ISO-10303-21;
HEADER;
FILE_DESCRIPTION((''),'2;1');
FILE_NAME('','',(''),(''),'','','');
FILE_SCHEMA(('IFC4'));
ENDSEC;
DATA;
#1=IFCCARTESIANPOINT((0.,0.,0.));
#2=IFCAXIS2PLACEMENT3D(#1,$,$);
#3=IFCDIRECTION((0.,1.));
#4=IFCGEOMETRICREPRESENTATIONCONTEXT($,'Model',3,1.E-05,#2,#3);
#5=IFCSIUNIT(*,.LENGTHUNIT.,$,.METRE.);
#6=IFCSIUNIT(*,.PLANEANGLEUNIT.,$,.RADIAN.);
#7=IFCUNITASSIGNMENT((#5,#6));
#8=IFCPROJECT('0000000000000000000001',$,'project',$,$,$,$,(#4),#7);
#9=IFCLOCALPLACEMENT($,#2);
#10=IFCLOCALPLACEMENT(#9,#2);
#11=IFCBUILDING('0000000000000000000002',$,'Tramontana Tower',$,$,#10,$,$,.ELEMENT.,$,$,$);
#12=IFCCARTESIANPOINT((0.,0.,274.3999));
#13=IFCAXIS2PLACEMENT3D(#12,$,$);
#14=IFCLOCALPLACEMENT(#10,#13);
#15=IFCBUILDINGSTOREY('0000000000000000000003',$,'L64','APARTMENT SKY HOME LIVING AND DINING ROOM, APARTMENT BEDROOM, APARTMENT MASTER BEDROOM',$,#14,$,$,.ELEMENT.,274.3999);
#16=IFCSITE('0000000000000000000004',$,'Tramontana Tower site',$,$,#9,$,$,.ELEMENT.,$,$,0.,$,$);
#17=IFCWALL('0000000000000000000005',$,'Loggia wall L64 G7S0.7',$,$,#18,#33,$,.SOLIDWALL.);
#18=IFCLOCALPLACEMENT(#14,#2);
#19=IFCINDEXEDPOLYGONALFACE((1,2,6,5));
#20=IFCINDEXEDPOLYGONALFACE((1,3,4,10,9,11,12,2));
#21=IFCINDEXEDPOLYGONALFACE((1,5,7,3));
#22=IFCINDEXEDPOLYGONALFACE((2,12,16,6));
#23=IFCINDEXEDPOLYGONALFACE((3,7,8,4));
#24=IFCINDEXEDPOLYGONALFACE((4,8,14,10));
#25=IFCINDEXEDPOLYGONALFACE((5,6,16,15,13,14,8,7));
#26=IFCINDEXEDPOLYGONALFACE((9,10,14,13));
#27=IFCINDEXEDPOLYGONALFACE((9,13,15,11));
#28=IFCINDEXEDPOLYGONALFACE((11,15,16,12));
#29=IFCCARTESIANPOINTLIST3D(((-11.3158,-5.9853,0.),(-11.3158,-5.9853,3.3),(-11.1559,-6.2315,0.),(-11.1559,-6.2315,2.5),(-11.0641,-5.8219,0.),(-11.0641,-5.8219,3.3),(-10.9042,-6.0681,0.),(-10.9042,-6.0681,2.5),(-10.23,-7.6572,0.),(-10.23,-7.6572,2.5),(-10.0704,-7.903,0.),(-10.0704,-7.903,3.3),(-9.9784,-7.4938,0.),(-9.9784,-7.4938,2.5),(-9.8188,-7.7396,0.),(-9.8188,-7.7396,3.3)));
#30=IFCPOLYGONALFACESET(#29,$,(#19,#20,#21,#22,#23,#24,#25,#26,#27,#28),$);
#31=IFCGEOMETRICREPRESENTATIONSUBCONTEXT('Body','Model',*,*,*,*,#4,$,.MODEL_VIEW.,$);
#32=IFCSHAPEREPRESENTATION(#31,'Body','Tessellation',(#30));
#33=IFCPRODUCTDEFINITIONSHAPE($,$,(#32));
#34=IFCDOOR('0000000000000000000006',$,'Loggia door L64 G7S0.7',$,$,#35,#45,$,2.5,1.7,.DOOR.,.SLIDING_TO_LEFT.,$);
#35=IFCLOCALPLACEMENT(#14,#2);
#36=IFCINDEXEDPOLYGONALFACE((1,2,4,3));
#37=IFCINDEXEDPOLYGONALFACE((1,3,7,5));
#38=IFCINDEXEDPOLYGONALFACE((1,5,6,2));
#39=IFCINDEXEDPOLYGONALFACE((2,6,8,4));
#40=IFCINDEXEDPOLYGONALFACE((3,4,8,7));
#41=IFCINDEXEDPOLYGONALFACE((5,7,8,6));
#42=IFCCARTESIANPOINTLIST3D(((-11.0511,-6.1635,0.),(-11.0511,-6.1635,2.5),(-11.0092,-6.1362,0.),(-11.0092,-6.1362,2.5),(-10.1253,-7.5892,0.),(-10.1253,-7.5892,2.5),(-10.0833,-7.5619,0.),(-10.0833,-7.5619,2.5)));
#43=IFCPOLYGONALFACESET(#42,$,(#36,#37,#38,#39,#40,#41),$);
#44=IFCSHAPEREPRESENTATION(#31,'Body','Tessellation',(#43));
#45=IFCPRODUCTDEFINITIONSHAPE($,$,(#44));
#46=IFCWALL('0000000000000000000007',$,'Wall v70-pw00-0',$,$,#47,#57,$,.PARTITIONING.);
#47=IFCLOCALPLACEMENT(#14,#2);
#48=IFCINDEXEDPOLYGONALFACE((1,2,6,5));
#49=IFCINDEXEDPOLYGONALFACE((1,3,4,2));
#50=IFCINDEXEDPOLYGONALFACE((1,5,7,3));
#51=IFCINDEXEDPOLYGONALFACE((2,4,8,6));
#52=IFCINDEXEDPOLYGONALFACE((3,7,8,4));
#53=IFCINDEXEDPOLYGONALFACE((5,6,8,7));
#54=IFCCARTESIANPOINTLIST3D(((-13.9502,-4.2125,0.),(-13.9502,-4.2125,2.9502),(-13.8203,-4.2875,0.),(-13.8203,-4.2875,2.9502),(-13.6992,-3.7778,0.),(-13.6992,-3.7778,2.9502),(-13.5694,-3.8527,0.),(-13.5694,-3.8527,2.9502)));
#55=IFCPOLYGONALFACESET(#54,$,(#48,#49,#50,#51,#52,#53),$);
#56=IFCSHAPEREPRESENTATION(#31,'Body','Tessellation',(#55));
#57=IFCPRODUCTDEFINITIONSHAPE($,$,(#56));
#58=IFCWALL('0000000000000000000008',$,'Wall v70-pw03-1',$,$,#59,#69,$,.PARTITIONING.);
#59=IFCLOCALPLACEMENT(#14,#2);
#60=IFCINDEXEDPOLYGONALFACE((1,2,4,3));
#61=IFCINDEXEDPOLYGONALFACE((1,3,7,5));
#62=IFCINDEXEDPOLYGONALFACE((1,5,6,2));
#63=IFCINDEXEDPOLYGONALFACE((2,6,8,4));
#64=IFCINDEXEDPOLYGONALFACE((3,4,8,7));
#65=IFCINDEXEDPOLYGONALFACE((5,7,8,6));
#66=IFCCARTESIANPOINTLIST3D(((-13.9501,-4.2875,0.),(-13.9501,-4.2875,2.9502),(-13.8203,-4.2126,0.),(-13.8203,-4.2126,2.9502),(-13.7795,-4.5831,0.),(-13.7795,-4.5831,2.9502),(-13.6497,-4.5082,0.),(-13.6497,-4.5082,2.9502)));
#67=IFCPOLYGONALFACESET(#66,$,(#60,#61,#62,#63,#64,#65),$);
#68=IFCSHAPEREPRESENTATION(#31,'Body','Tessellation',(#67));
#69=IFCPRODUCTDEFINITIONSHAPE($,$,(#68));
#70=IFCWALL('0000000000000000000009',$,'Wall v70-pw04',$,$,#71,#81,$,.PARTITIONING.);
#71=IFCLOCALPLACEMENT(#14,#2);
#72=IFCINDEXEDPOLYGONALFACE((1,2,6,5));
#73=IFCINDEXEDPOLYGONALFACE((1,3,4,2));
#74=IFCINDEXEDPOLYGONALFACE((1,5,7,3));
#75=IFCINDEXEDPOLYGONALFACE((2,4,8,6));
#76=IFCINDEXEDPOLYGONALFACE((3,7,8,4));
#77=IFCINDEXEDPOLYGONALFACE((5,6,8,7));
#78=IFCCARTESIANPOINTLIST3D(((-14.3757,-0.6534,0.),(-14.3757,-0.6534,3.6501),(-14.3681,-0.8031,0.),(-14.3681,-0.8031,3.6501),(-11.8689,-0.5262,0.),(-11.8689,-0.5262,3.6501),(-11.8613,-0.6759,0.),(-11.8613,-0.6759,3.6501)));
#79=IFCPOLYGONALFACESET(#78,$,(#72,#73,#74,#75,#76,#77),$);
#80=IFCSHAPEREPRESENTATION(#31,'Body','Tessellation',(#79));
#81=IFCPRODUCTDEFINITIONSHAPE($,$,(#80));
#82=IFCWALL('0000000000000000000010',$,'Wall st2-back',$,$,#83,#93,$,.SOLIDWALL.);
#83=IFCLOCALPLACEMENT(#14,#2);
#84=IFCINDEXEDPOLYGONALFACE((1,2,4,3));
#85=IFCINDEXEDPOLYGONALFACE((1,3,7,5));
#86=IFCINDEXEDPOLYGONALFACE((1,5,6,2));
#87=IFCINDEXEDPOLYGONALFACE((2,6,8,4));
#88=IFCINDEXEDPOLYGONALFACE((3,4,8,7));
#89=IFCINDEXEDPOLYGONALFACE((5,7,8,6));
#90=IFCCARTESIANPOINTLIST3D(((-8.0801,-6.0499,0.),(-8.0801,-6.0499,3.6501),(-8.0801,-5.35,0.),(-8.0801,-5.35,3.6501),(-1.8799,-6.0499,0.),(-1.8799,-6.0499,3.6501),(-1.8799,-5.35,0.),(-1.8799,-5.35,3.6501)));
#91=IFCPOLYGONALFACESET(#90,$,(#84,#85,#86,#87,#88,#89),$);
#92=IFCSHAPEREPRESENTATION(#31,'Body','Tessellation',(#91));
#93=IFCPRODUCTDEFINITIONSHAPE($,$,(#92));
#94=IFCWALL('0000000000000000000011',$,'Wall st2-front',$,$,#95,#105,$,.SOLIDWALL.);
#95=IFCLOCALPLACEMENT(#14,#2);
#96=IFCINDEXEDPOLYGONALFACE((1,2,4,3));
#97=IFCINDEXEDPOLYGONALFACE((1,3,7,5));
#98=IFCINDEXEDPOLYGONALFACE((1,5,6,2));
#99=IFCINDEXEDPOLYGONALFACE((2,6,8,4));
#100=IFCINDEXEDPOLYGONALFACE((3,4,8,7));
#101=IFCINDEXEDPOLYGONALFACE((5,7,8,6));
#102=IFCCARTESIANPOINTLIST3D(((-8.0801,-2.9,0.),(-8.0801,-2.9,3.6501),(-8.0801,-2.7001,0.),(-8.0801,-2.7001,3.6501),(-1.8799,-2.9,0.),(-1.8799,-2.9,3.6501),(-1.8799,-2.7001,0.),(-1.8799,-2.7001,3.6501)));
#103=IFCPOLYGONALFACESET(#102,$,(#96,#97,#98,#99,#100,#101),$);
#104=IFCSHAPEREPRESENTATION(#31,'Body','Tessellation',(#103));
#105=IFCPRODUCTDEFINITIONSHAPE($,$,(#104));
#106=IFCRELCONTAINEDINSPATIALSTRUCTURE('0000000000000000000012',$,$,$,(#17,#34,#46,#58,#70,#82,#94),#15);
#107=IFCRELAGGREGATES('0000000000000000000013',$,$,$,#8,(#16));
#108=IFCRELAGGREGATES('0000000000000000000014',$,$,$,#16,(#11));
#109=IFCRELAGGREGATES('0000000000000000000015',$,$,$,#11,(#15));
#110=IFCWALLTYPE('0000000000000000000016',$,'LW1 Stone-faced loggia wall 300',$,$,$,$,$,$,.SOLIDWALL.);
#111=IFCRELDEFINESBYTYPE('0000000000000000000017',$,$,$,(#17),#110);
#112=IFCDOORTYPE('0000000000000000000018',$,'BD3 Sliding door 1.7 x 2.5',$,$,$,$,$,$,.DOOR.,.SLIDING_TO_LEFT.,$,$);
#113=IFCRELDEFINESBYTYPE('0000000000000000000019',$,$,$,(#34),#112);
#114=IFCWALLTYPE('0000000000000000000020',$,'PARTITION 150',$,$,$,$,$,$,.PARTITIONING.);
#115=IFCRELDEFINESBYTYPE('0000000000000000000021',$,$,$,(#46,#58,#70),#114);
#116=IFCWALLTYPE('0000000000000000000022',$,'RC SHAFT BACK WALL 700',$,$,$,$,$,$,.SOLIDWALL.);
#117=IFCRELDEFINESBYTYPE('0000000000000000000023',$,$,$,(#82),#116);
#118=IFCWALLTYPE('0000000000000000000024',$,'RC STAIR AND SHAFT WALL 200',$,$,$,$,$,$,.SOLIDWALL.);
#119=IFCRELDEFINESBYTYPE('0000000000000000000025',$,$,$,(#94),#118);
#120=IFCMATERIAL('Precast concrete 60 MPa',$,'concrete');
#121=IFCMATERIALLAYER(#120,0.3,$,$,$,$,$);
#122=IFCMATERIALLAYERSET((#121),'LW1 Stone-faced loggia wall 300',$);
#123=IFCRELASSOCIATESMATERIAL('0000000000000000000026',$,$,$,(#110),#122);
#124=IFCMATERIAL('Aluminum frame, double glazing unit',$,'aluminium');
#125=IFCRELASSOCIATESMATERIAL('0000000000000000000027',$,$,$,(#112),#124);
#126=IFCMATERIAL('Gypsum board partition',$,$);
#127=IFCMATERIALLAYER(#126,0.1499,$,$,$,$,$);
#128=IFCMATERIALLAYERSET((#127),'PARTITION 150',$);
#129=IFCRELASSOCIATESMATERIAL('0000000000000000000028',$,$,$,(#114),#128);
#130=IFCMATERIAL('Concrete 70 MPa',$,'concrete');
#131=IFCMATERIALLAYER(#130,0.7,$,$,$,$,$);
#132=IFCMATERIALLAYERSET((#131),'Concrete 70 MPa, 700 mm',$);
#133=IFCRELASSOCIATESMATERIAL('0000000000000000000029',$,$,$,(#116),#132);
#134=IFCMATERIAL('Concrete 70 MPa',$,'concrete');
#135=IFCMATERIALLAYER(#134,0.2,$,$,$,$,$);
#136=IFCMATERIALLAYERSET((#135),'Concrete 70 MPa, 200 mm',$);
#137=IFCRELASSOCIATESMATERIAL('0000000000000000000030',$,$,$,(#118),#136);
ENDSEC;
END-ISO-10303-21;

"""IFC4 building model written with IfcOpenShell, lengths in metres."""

from ifc_helpers import new_model, si_unit, direction, frame, frame_2d, origin, place, context, subcontext, project, spatial, rectangle, extrude, material, layer, layer_set, type_object, element, fill, save


model = new_model("IFC4")

# Units and contexts
model_context = context("Model", 3, precision=1e-05, world=origin(), true_north=direction((0.0, 1.0)))
body_context = subcontext(model_context, "Body", "Model", "MODEL_VIEW")
ifc_project = project(units=[si_unit("LENGTHUNIT", "METRE"), si_unit("PLANEANGLEUNIT", "RADIAN")], contexts=[model_context])

# Site, building, storey
site_placement = place(None, origin())
site = spatial("IfcSite", under=ifc_project, at=site_placement, Name="Tramontana Tower site", CompositionType="ELEMENT", RefElevation=0.0)
building_placement = place(site_placement, origin())
building = spatial("IfcBuilding", under=site, at=building_placement, Name="Tramontana Tower", CompositionType="ELEMENT")
storey_placement = place(building_placement, frame((0.0, 0.0, 274.3999)))
storey = spatial("IfcBuildingStorey", under=building, at=storey_placement, Name="L64", Description="APARTMENT SKY HOME LIVING AND DINING ROOM, APARTMENT BEDROOM, APARTMENT MASTER BEDROOM", CompositionType="ELEMENT", Elevation=274.3999)

# Shared definitions
ifc_material_1 = material(Name="Precast concrete 60 MPa", Category="concrete")
ifc_layer_1 = layer(ifc_material_1, 0.3)
ifc_layer_set_1 = layer_set([ifc_layer_1], Name="LW1 Stone-faced loggia wall 300")
wall_type_1 = type_object("IfcWallType", Name="LW1 Stone-faced loggia wall 300", PredefinedType="SOLIDWALL", material=ifc_layer_set_1)

# Wall, opening, door
wall_1_placement = place(storey_placement, frame((-11.1899, -5.9036, 0.0), z_axis=(0.0, 0.0, 1.0), x_axis=(0.544632, -0.838675, 0.0)))
wall_1 = element("IfcWall", 1, at=wall_1_placement, inside=storey, type_object=wall_type_1, Name="Loggia wall L64 G7S0.7", PredefinedType="SOLIDWALL", context=body_context, shape_type="SweptSolid", body=[
    extrude(rectangle(XDim=2.2866, YDim=0.3, at=frame_2d((1.1433, 0.0))), origin(), (0.0, 0.0, 1.0), 3.3),
])
opening_1_placement = place(wall_1_placement, frame((0.2935, 0.0, 0.0)))
opening_1 = element("IfcOpeningElement", 2, at=opening_1_placement, cuts=wall_1, PredefinedType="OPENING", context=body_context, shape_type="SweptSolid", body=[
    extrude(rectangle(XDim=1.7, YDim=2.5, at=frame_2d((0.8501, 1.25))), frame((0.0, 0.1599, 0.0), z_axis=(0.0, -1.0, 0.0), x_axis=(1.0, 0.0, 0.0)), (0.0, 0.0, 1.0), 0.3201),
])
ifc_material_2 = material(Name="Aluminum frame, double glazing unit", Category="aluminium")
door_type_1 = type_object("IfcDoorType", Name="BD3 Sliding door 1.7 x 2.5", OperationType="SLIDING_TO_LEFT", PredefinedType="DOOR", material=ifc_material_2)
door_1_placement = place(opening_1_placement, origin())
door_1 = element("IfcDoor", 3, at=door_1_placement, inside=storey, type_object=door_type_1, Name="Loggia door L64 G7S0.7", OperationType="SLIDING_TO_LEFT", OverallHeight=2.5, OverallWidth=1.7, PredefinedType="DOOR", context=body_context, shape_type="SweptSolid", body=[
    extrude(rectangle(XDim=1.7, YDim=2.5, at=frame_2d((0.8501, 1.25))), frame((0.0, 0.0249, 0.0), z_axis=(0.0, -1.0, 0.0), x_axis=(1.0, 0.0, 0.0)), (0.0, 0.0, 1.0), 0.05),
])
fill(opening_1, door_1)

# Wall
ifc_material_3 = material(Name="Gypsum board partition")
ifc_layer_2 = layer(ifc_material_3, 0.1499)
ifc_layer_set_2 = layer_set([ifc_layer_2], Name="PARTITION 150")
wall_type_2 = type_object("IfcWallType", Name="PARTITION 150", PredefinedType="PARTITIONING", material=ifc_layer_set_2)
wall_2_placement = place(storey_placement, frame((-13.8853, -4.25, 0.0), z_axis=(0.0, 0.0, 1.0), x_axis=(0.499905, 0.86608, 0.0)))
element("IfcWall", 4, at=wall_2_placement, inside=storey, type_object=wall_type_2, Name="Wall v70-pw00-0", PredefinedType="PARTITIONING", context=body_context, shape_type="SweptSolid", body=[
    extrude(rectangle(XDim=0.502, YDim=0.1499, at=frame_2d((0.251, 0.0))), origin(), (0.0, 0.0, 1.0), 2.9502),
])

# Walls
wall_3_placement = place(storey_placement, frame((-13.7146, -4.5457, 0.0), z_axis=(0.0, 0.0, 1.0), x_axis=(-0.499908, 0.866078, 0.0)))
element("IfcWall", 5, at=wall_3_placement, inside=storey, type_object=wall_type_2, Name="Wall v70-pw03-1", PredefinedType="PARTITIONING", context=body_context, shape_type="SweptSolid", body=[
    extrude(rectangle(XDim=0.3413, YDim=0.1499, at=frame_2d((0.1707, 0.0))), origin(), (0.0, 0.0, 1.0), 2.9502),
])
wall_4_placement = place(storey_placement, frame((-11.8652, -0.6011, 0.0), z_axis=(0.0, 0.0, 1.0), x_axis=(-0.998715, -0.050675, 0.0)))
element("IfcWall", 6, at=wall_4_placement, inside=storey, type_object=wall_type_2, Name="Wall v70-pw04", PredefinedType="PARTITIONING", context=body_context, shape_type="SweptSolid", body=[
    extrude(rectangle(XDim=2.51, YDim=0.1499, at=frame_2d((1.2549, 0.0))), origin(), (0.0, 0.0, 1.0), 3.6501),
])
ifc_material_4 = material(Name="Concrete 70 MPa", Category="concrete")
ifc_layer_3 = layer(ifc_material_4, 0.7)
ifc_layer_set_3 = layer_set([ifc_layer_3], Name="Concrete 70 MPa, 700 mm")
wall_type_3 = type_object("IfcWallType", Name="RC SHAFT BACK WALL 700", PredefinedType="SOLIDWALL", material=ifc_layer_set_3)
wall_5_placement = place(storey_placement, frame((-8.0801, -5.7, 0.0), z_axis=(0.0, 0.0, 1.0), x_axis=(1.0, 0.0, 0.0)))
element("IfcWall", 7, at=wall_5_placement, inside=storey, type_object=wall_type_3, Name="Wall st2-back", PredefinedType="SOLIDWALL", context=body_context, shape_type="SweptSolid", body=[
    extrude(rectangle(XDim=6.2002, YDim=0.7, at=frame_2d((3.1001, 0.0))), origin(), (0.0, 0.0, 1.0), 3.6501),
])
ifc_material_5 = material(Name="Concrete 70 MPa", Category="concrete")
ifc_layer_4 = layer(ifc_material_5, 0.2)
ifc_layer_set_4 = layer_set([ifc_layer_4], Name="Concrete 70 MPa, 200 mm")
wall_type_4 = type_object("IfcWallType", Name="RC STAIR AND SHAFT WALL 200", PredefinedType="SOLIDWALL", material=ifc_layer_set_4)
wall_6_placement = place(storey_placement, frame((-8.0801, -2.8, 0.0), z_axis=(0.0, 0.0, 1.0), x_axis=(1.0, 0.0, 0.0)))
element("IfcWall", 8, at=wall_6_placement, inside=storey, type_object=wall_type_4, Name="Wall st2-front", PredefinedType="SOLIDWALL", context=body_context, shape_type="SweptSolid", body=[
    extrude(rectangle(XDim=6.2002, YDim=0.2, at=frame_2d((3.1001, 0.0))), origin(), (0.0, 0.0, 1.0), 3.6501),
])

save(model, "model.ifc")
